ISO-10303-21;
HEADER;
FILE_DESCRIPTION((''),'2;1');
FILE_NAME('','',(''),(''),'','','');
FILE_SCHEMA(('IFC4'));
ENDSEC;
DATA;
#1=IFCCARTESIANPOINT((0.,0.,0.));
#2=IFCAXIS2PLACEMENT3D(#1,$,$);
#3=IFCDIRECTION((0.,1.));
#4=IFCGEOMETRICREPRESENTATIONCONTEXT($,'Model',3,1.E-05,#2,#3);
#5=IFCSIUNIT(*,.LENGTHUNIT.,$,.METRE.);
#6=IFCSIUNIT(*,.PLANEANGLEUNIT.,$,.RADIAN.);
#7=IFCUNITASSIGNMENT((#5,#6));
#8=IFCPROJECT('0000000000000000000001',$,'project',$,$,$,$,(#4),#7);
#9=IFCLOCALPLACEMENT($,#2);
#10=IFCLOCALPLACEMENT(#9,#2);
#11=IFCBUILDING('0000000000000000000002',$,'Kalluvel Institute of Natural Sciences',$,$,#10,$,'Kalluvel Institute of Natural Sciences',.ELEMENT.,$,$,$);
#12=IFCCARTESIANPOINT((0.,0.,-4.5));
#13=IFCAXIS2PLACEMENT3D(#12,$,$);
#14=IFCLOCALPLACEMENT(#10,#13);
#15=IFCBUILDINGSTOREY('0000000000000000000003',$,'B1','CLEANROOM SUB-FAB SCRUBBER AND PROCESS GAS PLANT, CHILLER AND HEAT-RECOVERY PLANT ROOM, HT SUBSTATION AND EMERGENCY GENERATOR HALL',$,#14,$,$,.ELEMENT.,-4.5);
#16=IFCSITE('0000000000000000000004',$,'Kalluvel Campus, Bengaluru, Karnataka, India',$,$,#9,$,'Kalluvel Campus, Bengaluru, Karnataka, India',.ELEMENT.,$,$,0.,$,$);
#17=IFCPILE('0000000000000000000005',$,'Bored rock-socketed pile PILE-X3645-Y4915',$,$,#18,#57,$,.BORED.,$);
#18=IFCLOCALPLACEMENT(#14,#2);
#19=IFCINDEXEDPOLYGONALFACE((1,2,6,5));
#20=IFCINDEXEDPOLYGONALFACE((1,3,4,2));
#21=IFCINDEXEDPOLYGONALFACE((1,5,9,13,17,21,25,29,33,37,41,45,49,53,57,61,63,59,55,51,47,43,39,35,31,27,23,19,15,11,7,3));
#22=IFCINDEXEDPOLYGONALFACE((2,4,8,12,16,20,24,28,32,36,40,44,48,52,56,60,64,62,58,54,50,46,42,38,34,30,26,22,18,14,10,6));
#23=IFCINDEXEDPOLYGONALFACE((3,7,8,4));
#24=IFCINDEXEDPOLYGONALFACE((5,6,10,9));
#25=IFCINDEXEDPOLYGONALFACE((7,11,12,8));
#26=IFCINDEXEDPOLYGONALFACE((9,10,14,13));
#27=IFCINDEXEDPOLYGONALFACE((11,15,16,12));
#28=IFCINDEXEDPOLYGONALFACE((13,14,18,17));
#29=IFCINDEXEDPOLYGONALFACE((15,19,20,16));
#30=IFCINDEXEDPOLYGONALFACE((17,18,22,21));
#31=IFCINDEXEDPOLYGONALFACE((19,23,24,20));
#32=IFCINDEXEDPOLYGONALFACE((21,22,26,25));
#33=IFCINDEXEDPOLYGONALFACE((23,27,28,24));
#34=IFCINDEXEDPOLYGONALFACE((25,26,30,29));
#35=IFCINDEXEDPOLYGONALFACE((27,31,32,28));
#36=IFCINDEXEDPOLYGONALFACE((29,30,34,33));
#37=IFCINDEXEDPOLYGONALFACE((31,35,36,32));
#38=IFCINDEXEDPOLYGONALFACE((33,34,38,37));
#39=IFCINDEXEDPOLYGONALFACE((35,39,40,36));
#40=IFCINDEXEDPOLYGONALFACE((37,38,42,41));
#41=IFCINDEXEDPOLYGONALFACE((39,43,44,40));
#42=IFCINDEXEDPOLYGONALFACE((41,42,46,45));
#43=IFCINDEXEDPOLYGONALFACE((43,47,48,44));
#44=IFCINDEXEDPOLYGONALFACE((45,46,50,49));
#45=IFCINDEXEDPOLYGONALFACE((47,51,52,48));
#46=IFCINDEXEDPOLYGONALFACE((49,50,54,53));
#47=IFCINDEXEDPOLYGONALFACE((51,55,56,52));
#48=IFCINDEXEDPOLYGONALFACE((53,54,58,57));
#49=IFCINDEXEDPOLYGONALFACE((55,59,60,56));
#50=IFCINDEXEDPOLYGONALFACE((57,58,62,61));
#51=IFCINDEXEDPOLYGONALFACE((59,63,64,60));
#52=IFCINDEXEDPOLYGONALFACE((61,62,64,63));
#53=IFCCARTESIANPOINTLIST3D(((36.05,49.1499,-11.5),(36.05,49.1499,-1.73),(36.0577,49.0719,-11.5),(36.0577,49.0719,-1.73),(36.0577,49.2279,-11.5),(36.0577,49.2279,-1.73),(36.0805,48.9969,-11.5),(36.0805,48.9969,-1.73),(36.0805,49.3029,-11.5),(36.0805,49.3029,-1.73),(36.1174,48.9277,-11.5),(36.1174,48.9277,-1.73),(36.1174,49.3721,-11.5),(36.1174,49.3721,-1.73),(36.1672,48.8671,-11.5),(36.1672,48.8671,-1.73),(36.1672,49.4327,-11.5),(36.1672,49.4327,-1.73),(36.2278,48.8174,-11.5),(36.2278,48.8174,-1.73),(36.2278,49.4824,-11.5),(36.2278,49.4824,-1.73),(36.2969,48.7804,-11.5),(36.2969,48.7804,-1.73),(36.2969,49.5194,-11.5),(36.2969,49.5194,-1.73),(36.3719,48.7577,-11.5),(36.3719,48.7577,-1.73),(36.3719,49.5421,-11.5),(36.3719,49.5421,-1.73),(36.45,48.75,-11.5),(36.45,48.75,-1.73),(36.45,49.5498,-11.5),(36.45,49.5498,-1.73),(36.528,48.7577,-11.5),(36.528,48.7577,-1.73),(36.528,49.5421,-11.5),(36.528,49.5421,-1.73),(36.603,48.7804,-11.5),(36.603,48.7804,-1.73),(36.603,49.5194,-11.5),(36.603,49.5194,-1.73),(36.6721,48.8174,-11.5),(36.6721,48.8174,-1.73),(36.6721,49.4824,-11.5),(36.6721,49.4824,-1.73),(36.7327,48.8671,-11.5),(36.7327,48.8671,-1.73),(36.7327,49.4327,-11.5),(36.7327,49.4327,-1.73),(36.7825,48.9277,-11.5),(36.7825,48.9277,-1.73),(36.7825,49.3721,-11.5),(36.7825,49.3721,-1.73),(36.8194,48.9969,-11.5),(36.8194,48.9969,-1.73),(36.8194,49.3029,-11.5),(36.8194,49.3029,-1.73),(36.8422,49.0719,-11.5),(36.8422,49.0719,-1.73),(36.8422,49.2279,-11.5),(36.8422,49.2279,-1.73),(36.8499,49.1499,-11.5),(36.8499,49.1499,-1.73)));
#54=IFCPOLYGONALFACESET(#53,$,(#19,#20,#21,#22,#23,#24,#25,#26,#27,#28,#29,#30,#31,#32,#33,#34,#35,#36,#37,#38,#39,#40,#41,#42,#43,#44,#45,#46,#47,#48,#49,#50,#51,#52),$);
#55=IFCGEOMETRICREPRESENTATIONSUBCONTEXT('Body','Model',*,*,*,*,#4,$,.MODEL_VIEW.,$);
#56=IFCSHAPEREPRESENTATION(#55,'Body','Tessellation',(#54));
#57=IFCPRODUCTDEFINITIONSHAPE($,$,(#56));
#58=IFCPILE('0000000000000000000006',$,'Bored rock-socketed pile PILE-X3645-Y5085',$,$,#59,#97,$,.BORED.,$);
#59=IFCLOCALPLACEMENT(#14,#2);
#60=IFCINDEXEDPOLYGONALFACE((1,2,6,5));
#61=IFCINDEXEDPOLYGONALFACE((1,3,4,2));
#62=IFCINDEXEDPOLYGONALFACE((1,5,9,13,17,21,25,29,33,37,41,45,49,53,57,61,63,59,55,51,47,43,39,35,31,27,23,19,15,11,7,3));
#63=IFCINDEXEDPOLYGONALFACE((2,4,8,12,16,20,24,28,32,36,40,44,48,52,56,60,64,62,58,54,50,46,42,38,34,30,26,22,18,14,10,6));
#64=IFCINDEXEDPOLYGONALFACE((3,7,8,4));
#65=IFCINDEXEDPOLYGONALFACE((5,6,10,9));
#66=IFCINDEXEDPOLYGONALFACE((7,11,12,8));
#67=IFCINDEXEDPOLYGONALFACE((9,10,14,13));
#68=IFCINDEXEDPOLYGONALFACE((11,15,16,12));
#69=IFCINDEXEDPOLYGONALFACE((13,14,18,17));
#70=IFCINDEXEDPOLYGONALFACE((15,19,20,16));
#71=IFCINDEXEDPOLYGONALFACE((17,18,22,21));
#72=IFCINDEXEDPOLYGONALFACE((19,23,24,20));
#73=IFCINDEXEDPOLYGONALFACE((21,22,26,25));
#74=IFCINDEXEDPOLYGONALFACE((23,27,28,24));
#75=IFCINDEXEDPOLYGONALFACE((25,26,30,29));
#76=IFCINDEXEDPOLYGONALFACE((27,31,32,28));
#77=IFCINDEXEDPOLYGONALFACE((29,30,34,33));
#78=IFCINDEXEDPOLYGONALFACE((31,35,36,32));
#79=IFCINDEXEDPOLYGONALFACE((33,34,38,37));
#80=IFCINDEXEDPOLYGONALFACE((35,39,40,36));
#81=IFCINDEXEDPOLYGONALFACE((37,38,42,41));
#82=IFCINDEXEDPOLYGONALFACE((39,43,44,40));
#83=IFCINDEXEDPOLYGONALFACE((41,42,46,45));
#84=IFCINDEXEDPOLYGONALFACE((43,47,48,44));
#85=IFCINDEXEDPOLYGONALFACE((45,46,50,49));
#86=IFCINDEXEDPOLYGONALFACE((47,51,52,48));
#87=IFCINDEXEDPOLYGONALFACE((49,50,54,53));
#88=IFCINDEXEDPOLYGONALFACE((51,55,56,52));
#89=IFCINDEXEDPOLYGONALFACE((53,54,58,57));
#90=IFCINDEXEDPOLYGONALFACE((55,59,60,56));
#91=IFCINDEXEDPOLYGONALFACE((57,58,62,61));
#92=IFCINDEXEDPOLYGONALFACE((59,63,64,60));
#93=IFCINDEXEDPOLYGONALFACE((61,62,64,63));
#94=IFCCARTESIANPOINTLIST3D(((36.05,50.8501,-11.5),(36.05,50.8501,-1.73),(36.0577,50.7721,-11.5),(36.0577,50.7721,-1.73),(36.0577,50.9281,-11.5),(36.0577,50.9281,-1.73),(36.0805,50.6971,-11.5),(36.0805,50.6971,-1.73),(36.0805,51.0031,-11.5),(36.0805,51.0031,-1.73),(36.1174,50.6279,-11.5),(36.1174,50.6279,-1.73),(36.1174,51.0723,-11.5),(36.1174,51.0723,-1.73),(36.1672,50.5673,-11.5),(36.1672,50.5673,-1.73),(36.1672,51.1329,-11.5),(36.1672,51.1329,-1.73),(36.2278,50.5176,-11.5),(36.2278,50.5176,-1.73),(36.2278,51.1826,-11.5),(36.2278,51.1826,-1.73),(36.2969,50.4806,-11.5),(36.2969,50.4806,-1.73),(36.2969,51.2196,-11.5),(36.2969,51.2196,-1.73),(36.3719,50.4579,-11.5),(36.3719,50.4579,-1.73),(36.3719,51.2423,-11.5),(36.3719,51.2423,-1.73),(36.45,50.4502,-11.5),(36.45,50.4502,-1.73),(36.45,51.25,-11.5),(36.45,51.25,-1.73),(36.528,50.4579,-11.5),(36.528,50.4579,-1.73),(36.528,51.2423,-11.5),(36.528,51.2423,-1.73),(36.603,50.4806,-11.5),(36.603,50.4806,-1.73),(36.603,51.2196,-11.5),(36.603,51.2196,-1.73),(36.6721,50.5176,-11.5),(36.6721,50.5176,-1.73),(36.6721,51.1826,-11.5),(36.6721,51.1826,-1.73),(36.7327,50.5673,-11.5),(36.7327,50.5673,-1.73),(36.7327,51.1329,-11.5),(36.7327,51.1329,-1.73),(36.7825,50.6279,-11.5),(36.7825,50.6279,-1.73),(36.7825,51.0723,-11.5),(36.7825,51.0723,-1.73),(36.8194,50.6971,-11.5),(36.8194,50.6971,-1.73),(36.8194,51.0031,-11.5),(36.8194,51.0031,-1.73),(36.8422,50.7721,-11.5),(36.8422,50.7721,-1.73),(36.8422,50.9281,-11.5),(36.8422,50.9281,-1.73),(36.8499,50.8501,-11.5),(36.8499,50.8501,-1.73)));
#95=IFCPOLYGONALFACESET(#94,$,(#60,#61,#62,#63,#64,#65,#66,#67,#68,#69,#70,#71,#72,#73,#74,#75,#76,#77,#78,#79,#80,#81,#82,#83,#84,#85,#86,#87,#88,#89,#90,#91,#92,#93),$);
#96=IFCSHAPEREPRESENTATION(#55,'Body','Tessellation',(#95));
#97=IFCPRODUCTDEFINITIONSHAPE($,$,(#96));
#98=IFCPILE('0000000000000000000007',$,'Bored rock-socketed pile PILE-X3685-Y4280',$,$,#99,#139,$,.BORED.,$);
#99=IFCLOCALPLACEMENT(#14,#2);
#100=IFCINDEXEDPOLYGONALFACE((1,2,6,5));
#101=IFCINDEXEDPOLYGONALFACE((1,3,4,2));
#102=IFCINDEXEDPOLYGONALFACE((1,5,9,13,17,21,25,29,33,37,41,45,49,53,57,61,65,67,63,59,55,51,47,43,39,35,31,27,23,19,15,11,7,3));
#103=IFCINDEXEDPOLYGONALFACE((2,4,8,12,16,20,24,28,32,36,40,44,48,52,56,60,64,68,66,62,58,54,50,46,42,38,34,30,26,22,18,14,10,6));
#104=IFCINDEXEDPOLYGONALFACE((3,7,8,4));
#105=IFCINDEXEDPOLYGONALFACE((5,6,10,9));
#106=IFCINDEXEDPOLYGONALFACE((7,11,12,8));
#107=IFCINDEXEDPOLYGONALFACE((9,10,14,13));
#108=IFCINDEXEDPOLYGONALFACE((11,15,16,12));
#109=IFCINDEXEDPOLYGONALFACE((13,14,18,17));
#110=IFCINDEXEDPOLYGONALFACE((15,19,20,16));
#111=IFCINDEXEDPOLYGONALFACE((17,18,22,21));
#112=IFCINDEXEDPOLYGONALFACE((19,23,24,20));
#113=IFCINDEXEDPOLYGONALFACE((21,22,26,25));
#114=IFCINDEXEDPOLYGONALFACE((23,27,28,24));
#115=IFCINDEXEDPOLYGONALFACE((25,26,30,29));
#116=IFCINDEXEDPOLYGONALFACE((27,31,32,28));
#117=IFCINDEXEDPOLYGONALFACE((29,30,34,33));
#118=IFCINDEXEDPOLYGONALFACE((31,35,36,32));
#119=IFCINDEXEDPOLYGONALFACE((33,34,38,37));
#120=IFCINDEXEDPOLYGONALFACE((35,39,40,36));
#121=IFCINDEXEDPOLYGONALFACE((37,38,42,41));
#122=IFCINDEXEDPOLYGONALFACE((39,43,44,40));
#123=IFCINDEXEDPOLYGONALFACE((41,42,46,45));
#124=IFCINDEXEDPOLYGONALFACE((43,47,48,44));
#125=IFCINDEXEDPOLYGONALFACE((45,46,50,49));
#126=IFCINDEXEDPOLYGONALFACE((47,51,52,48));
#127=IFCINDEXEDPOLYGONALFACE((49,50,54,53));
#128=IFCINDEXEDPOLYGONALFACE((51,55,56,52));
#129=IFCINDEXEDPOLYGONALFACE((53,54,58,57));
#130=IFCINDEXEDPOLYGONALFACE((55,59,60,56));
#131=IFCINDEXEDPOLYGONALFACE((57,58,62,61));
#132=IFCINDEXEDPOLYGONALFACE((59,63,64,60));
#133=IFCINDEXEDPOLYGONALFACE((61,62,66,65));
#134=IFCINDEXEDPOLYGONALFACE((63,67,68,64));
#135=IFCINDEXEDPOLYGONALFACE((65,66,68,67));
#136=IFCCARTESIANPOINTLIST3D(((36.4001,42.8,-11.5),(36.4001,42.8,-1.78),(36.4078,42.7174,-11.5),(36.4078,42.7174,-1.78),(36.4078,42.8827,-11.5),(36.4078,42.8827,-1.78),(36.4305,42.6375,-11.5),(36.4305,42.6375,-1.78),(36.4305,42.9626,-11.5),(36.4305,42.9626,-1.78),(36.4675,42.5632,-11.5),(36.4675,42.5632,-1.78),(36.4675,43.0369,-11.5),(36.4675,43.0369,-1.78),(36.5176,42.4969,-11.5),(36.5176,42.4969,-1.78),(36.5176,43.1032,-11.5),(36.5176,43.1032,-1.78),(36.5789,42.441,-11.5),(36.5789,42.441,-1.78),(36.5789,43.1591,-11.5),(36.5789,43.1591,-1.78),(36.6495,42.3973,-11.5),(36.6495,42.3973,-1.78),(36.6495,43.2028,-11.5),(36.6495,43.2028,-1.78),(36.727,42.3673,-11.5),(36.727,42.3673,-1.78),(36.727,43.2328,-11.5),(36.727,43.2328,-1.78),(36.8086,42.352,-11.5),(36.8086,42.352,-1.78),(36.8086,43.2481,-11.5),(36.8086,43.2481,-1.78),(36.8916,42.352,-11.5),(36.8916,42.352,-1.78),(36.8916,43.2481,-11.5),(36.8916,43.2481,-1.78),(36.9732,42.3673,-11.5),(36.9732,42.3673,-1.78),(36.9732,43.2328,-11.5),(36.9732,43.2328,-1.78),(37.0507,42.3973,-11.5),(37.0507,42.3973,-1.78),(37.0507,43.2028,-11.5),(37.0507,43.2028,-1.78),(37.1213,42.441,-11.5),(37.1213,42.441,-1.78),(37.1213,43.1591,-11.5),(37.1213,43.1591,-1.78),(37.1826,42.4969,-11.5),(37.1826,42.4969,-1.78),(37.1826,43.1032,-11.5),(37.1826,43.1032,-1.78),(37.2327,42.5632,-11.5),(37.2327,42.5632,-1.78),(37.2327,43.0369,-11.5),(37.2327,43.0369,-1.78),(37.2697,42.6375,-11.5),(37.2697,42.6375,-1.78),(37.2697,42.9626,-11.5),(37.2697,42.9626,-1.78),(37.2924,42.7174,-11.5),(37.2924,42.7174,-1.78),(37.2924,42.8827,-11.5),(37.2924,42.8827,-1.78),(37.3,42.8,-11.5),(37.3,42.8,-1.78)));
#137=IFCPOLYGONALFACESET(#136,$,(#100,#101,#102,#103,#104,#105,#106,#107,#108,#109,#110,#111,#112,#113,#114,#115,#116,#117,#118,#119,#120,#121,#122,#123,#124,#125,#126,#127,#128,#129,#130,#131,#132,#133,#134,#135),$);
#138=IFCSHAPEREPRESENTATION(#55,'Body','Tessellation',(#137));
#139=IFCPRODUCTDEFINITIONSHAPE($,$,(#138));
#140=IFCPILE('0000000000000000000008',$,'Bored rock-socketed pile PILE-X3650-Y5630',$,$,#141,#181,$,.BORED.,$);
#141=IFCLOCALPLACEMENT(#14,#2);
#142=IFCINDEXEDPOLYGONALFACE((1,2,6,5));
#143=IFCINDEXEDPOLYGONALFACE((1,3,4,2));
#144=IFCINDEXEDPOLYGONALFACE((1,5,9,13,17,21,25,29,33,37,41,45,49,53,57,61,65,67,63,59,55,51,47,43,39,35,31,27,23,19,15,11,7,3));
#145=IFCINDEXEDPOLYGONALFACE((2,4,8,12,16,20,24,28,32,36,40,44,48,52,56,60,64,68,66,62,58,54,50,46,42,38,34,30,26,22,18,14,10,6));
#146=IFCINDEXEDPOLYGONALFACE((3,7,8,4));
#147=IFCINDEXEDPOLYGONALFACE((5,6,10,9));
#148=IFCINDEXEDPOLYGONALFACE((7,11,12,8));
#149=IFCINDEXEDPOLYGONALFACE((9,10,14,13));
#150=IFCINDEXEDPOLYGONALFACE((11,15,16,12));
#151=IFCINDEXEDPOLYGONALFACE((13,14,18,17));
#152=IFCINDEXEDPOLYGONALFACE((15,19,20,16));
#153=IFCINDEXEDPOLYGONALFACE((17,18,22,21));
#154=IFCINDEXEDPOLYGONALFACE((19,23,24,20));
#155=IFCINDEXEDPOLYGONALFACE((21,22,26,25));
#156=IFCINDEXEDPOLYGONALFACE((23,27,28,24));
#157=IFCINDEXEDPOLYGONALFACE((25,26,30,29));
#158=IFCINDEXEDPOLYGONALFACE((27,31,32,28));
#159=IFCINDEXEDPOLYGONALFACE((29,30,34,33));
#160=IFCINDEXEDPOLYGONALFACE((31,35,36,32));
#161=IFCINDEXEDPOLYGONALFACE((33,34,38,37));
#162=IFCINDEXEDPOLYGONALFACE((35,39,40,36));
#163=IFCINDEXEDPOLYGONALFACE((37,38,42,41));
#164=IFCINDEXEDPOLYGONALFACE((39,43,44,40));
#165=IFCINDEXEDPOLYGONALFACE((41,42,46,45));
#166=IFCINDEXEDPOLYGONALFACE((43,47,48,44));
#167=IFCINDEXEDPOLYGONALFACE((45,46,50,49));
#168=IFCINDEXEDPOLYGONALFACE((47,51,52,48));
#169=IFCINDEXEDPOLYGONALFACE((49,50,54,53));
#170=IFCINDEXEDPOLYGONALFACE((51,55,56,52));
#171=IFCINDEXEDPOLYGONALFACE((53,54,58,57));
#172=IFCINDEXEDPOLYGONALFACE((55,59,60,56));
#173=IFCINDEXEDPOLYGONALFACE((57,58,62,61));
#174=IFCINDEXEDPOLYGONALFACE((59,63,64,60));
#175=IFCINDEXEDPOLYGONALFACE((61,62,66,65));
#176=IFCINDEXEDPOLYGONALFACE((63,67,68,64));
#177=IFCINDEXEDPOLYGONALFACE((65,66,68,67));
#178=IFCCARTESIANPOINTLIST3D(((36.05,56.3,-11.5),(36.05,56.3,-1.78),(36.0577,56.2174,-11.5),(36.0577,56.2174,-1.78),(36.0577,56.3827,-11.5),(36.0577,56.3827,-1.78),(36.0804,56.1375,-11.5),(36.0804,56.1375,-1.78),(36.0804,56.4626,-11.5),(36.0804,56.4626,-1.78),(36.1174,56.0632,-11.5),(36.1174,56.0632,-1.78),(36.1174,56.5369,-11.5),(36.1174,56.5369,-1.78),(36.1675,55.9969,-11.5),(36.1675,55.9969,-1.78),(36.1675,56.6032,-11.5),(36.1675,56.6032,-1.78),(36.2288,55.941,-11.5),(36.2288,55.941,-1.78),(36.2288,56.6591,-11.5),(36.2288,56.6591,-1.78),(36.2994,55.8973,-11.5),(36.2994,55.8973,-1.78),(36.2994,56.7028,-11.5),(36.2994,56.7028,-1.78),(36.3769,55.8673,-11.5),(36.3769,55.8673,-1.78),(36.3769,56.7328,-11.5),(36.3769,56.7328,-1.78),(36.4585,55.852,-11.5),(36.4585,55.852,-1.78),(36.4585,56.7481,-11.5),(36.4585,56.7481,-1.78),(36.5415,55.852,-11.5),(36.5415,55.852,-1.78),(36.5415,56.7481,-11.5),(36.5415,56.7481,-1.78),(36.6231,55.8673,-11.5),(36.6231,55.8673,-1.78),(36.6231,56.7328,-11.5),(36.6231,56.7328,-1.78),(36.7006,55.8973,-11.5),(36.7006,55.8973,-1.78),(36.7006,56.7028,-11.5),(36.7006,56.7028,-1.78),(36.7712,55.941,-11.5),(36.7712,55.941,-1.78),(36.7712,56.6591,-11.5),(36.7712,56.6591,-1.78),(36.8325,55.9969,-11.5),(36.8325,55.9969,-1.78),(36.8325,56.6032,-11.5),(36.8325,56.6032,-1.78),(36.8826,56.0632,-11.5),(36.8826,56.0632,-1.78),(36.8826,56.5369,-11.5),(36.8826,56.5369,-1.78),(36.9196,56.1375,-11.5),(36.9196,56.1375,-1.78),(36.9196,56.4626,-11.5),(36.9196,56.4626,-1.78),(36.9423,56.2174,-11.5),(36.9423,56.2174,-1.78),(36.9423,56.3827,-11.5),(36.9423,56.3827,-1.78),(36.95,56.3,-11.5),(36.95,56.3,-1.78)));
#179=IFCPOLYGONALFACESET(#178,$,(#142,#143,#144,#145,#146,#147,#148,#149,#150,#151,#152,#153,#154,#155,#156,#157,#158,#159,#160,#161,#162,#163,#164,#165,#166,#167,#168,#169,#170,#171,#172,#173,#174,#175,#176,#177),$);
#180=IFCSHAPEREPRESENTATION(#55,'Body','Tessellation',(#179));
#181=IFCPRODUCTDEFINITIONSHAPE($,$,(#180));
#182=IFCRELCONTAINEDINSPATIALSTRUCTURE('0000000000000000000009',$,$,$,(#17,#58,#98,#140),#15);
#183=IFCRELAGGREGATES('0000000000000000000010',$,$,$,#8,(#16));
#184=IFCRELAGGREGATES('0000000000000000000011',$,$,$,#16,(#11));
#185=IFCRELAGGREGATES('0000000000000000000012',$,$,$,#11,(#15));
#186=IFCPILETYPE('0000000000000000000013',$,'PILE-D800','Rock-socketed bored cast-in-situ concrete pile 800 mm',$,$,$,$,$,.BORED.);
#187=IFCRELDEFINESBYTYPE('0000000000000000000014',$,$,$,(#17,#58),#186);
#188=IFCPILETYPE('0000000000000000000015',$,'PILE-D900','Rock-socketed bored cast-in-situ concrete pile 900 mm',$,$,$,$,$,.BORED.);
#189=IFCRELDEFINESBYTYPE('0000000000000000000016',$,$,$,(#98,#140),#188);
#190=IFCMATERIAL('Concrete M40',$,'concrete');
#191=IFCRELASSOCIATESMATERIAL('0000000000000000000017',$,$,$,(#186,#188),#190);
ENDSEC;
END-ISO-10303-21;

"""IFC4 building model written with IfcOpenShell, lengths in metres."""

from ifc_helpers import new_model, si_unit, direction, frame, origin, origin_2d, place, context, subcontext, project, spatial, circle, extrude, material, material_profile, profile_set, type_object, element, save


model = new_model("IFC4")

# Units and contexts
model_context = context("Model", 3, precision=1e-05, world=origin(), true_north=direction((0.0, 1.0)))
body_context = subcontext(model_context, "Body", "Model", "MODEL_VIEW")
ifc_project = project(units=[si_unit("LENGTHUNIT", "METRE"), si_unit("PLANEANGLEUNIT", "RADIAN")], contexts=[model_context])

# Site, building, storey
site_placement = place(None, origin())
site = spatial("IfcSite", under=ifc_project, at=site_placement, Name="Kalluvel Campus, Bengaluru, Karnataka, India", LongName="Kalluvel Campus, Bengaluru, Karnataka, India", CompositionType="ELEMENT", RefElevation=0.0)
building_placement = place(site_placement, origin())
building = spatial("IfcBuilding", under=site, at=building_placement, Name="Kalluvel Institute of Natural Sciences", LongName="Kalluvel Institute of Natural Sciences", CompositionType="ELEMENT")
storey_placement = place(building_placement, frame((0.0, 0.0, -4.5)))
storey = spatial("IfcBuildingStorey", under=building, at=storey_placement, Name="B1", Description="CLEANROOM SUB-FAB SCRUBBER AND PROCESS GAS PLANT, CHILLER AND HEAT-RECOVERY PLANT ROOM, HT SUBSTATION AND EMERGENCY GENERATOR HALL", CompositionType="ELEMENT", Elevation=-4.5)

# Shared definitions
ifc_material_1 = material(Name="Concrete M40", Category="concrete")

# Piles
ifc_material_profile_1 = material_profile(ifc_material_1, circle(Radius=0.3999, at=origin_2d()), Name="PILE D800")
ifc_profile_set_1 = profile_set([ifc_material_profile_1], Name="Concrete M40")
pile_type_1 = type_object("IfcPileType", Name="PILE-D800", Description="Rock-socketed bored cast-in-situ concrete pile 800 mm", PredefinedType="BORED", material=ifc_profile_set_1)
for number, where, z_axis, x_axis, name in (
    (1, (36.45, 49.1499, -1.73), (0.0, 0.0, -1.0), (1.0, 0.0, 0.0), "Bored rock-socketed pile PILE-X3645-Y4915"),
    (2, (36.45, 50.8501, -1.73), (0.0, 0.0, -1.0), (1.0, 0.0, 0.0), "Bored rock-socketed pile PILE-X3645-Y5085"),
):
    element("IfcPile", number, at=place(storey_placement, frame(where, z_axis=z_axis, x_axis=x_axis)), inside=storey, type_object=pile_type_1, Name=name, PredefinedType="BORED", context=body_context, shape_type="SweptSolid", body=[
        extrude(circle(Radius=0.3999, at=origin_2d()), origin(), (0.0, 0.0, 1.0), 9.77),
    ])
ifc_material_profile_2 = material_profile(ifc_material_1, circle(Radius=0.45, at=origin_2d()), Name="PILE D900")
ifc_profile_set_2 = profile_set([ifc_material_profile_2], Name="Concrete M40")
pile_type_2 = type_object("IfcPileType", Name="PILE-D900", Description="Rock-socketed bored cast-in-situ concrete pile 900 mm", PredefinedType="BORED", material=ifc_profile_set_2)
for number, where, z_axis, x_axis, name in (
    (3, (36.8501, 42.8, -1.78), (0.0, 0.0, -1.0), (1.0, 0.0, 0.0), "Bored rock-socketed pile PILE-X3685-Y4280"),
    (4, (36.5, 56.3, -1.78), (0.0, 0.0, -1.0), (1.0, 0.0, 0.0), "Bored rock-socketed pile PILE-X3650-Y5630"),
):
    element("IfcPile", number, at=place(storey_placement, frame(where, z_axis=z_axis, x_axis=x_axis)), inside=storey, type_object=pile_type_2, Name=name, PredefinedType="BORED", context=body_context, shape_type="SweptSolid", body=[
        extrude(circle(Radius=0.45, at=origin_2d()), origin(), (0.0, 0.0, 1.0), 9.72),
    ])

save(model, "model.ifc")
